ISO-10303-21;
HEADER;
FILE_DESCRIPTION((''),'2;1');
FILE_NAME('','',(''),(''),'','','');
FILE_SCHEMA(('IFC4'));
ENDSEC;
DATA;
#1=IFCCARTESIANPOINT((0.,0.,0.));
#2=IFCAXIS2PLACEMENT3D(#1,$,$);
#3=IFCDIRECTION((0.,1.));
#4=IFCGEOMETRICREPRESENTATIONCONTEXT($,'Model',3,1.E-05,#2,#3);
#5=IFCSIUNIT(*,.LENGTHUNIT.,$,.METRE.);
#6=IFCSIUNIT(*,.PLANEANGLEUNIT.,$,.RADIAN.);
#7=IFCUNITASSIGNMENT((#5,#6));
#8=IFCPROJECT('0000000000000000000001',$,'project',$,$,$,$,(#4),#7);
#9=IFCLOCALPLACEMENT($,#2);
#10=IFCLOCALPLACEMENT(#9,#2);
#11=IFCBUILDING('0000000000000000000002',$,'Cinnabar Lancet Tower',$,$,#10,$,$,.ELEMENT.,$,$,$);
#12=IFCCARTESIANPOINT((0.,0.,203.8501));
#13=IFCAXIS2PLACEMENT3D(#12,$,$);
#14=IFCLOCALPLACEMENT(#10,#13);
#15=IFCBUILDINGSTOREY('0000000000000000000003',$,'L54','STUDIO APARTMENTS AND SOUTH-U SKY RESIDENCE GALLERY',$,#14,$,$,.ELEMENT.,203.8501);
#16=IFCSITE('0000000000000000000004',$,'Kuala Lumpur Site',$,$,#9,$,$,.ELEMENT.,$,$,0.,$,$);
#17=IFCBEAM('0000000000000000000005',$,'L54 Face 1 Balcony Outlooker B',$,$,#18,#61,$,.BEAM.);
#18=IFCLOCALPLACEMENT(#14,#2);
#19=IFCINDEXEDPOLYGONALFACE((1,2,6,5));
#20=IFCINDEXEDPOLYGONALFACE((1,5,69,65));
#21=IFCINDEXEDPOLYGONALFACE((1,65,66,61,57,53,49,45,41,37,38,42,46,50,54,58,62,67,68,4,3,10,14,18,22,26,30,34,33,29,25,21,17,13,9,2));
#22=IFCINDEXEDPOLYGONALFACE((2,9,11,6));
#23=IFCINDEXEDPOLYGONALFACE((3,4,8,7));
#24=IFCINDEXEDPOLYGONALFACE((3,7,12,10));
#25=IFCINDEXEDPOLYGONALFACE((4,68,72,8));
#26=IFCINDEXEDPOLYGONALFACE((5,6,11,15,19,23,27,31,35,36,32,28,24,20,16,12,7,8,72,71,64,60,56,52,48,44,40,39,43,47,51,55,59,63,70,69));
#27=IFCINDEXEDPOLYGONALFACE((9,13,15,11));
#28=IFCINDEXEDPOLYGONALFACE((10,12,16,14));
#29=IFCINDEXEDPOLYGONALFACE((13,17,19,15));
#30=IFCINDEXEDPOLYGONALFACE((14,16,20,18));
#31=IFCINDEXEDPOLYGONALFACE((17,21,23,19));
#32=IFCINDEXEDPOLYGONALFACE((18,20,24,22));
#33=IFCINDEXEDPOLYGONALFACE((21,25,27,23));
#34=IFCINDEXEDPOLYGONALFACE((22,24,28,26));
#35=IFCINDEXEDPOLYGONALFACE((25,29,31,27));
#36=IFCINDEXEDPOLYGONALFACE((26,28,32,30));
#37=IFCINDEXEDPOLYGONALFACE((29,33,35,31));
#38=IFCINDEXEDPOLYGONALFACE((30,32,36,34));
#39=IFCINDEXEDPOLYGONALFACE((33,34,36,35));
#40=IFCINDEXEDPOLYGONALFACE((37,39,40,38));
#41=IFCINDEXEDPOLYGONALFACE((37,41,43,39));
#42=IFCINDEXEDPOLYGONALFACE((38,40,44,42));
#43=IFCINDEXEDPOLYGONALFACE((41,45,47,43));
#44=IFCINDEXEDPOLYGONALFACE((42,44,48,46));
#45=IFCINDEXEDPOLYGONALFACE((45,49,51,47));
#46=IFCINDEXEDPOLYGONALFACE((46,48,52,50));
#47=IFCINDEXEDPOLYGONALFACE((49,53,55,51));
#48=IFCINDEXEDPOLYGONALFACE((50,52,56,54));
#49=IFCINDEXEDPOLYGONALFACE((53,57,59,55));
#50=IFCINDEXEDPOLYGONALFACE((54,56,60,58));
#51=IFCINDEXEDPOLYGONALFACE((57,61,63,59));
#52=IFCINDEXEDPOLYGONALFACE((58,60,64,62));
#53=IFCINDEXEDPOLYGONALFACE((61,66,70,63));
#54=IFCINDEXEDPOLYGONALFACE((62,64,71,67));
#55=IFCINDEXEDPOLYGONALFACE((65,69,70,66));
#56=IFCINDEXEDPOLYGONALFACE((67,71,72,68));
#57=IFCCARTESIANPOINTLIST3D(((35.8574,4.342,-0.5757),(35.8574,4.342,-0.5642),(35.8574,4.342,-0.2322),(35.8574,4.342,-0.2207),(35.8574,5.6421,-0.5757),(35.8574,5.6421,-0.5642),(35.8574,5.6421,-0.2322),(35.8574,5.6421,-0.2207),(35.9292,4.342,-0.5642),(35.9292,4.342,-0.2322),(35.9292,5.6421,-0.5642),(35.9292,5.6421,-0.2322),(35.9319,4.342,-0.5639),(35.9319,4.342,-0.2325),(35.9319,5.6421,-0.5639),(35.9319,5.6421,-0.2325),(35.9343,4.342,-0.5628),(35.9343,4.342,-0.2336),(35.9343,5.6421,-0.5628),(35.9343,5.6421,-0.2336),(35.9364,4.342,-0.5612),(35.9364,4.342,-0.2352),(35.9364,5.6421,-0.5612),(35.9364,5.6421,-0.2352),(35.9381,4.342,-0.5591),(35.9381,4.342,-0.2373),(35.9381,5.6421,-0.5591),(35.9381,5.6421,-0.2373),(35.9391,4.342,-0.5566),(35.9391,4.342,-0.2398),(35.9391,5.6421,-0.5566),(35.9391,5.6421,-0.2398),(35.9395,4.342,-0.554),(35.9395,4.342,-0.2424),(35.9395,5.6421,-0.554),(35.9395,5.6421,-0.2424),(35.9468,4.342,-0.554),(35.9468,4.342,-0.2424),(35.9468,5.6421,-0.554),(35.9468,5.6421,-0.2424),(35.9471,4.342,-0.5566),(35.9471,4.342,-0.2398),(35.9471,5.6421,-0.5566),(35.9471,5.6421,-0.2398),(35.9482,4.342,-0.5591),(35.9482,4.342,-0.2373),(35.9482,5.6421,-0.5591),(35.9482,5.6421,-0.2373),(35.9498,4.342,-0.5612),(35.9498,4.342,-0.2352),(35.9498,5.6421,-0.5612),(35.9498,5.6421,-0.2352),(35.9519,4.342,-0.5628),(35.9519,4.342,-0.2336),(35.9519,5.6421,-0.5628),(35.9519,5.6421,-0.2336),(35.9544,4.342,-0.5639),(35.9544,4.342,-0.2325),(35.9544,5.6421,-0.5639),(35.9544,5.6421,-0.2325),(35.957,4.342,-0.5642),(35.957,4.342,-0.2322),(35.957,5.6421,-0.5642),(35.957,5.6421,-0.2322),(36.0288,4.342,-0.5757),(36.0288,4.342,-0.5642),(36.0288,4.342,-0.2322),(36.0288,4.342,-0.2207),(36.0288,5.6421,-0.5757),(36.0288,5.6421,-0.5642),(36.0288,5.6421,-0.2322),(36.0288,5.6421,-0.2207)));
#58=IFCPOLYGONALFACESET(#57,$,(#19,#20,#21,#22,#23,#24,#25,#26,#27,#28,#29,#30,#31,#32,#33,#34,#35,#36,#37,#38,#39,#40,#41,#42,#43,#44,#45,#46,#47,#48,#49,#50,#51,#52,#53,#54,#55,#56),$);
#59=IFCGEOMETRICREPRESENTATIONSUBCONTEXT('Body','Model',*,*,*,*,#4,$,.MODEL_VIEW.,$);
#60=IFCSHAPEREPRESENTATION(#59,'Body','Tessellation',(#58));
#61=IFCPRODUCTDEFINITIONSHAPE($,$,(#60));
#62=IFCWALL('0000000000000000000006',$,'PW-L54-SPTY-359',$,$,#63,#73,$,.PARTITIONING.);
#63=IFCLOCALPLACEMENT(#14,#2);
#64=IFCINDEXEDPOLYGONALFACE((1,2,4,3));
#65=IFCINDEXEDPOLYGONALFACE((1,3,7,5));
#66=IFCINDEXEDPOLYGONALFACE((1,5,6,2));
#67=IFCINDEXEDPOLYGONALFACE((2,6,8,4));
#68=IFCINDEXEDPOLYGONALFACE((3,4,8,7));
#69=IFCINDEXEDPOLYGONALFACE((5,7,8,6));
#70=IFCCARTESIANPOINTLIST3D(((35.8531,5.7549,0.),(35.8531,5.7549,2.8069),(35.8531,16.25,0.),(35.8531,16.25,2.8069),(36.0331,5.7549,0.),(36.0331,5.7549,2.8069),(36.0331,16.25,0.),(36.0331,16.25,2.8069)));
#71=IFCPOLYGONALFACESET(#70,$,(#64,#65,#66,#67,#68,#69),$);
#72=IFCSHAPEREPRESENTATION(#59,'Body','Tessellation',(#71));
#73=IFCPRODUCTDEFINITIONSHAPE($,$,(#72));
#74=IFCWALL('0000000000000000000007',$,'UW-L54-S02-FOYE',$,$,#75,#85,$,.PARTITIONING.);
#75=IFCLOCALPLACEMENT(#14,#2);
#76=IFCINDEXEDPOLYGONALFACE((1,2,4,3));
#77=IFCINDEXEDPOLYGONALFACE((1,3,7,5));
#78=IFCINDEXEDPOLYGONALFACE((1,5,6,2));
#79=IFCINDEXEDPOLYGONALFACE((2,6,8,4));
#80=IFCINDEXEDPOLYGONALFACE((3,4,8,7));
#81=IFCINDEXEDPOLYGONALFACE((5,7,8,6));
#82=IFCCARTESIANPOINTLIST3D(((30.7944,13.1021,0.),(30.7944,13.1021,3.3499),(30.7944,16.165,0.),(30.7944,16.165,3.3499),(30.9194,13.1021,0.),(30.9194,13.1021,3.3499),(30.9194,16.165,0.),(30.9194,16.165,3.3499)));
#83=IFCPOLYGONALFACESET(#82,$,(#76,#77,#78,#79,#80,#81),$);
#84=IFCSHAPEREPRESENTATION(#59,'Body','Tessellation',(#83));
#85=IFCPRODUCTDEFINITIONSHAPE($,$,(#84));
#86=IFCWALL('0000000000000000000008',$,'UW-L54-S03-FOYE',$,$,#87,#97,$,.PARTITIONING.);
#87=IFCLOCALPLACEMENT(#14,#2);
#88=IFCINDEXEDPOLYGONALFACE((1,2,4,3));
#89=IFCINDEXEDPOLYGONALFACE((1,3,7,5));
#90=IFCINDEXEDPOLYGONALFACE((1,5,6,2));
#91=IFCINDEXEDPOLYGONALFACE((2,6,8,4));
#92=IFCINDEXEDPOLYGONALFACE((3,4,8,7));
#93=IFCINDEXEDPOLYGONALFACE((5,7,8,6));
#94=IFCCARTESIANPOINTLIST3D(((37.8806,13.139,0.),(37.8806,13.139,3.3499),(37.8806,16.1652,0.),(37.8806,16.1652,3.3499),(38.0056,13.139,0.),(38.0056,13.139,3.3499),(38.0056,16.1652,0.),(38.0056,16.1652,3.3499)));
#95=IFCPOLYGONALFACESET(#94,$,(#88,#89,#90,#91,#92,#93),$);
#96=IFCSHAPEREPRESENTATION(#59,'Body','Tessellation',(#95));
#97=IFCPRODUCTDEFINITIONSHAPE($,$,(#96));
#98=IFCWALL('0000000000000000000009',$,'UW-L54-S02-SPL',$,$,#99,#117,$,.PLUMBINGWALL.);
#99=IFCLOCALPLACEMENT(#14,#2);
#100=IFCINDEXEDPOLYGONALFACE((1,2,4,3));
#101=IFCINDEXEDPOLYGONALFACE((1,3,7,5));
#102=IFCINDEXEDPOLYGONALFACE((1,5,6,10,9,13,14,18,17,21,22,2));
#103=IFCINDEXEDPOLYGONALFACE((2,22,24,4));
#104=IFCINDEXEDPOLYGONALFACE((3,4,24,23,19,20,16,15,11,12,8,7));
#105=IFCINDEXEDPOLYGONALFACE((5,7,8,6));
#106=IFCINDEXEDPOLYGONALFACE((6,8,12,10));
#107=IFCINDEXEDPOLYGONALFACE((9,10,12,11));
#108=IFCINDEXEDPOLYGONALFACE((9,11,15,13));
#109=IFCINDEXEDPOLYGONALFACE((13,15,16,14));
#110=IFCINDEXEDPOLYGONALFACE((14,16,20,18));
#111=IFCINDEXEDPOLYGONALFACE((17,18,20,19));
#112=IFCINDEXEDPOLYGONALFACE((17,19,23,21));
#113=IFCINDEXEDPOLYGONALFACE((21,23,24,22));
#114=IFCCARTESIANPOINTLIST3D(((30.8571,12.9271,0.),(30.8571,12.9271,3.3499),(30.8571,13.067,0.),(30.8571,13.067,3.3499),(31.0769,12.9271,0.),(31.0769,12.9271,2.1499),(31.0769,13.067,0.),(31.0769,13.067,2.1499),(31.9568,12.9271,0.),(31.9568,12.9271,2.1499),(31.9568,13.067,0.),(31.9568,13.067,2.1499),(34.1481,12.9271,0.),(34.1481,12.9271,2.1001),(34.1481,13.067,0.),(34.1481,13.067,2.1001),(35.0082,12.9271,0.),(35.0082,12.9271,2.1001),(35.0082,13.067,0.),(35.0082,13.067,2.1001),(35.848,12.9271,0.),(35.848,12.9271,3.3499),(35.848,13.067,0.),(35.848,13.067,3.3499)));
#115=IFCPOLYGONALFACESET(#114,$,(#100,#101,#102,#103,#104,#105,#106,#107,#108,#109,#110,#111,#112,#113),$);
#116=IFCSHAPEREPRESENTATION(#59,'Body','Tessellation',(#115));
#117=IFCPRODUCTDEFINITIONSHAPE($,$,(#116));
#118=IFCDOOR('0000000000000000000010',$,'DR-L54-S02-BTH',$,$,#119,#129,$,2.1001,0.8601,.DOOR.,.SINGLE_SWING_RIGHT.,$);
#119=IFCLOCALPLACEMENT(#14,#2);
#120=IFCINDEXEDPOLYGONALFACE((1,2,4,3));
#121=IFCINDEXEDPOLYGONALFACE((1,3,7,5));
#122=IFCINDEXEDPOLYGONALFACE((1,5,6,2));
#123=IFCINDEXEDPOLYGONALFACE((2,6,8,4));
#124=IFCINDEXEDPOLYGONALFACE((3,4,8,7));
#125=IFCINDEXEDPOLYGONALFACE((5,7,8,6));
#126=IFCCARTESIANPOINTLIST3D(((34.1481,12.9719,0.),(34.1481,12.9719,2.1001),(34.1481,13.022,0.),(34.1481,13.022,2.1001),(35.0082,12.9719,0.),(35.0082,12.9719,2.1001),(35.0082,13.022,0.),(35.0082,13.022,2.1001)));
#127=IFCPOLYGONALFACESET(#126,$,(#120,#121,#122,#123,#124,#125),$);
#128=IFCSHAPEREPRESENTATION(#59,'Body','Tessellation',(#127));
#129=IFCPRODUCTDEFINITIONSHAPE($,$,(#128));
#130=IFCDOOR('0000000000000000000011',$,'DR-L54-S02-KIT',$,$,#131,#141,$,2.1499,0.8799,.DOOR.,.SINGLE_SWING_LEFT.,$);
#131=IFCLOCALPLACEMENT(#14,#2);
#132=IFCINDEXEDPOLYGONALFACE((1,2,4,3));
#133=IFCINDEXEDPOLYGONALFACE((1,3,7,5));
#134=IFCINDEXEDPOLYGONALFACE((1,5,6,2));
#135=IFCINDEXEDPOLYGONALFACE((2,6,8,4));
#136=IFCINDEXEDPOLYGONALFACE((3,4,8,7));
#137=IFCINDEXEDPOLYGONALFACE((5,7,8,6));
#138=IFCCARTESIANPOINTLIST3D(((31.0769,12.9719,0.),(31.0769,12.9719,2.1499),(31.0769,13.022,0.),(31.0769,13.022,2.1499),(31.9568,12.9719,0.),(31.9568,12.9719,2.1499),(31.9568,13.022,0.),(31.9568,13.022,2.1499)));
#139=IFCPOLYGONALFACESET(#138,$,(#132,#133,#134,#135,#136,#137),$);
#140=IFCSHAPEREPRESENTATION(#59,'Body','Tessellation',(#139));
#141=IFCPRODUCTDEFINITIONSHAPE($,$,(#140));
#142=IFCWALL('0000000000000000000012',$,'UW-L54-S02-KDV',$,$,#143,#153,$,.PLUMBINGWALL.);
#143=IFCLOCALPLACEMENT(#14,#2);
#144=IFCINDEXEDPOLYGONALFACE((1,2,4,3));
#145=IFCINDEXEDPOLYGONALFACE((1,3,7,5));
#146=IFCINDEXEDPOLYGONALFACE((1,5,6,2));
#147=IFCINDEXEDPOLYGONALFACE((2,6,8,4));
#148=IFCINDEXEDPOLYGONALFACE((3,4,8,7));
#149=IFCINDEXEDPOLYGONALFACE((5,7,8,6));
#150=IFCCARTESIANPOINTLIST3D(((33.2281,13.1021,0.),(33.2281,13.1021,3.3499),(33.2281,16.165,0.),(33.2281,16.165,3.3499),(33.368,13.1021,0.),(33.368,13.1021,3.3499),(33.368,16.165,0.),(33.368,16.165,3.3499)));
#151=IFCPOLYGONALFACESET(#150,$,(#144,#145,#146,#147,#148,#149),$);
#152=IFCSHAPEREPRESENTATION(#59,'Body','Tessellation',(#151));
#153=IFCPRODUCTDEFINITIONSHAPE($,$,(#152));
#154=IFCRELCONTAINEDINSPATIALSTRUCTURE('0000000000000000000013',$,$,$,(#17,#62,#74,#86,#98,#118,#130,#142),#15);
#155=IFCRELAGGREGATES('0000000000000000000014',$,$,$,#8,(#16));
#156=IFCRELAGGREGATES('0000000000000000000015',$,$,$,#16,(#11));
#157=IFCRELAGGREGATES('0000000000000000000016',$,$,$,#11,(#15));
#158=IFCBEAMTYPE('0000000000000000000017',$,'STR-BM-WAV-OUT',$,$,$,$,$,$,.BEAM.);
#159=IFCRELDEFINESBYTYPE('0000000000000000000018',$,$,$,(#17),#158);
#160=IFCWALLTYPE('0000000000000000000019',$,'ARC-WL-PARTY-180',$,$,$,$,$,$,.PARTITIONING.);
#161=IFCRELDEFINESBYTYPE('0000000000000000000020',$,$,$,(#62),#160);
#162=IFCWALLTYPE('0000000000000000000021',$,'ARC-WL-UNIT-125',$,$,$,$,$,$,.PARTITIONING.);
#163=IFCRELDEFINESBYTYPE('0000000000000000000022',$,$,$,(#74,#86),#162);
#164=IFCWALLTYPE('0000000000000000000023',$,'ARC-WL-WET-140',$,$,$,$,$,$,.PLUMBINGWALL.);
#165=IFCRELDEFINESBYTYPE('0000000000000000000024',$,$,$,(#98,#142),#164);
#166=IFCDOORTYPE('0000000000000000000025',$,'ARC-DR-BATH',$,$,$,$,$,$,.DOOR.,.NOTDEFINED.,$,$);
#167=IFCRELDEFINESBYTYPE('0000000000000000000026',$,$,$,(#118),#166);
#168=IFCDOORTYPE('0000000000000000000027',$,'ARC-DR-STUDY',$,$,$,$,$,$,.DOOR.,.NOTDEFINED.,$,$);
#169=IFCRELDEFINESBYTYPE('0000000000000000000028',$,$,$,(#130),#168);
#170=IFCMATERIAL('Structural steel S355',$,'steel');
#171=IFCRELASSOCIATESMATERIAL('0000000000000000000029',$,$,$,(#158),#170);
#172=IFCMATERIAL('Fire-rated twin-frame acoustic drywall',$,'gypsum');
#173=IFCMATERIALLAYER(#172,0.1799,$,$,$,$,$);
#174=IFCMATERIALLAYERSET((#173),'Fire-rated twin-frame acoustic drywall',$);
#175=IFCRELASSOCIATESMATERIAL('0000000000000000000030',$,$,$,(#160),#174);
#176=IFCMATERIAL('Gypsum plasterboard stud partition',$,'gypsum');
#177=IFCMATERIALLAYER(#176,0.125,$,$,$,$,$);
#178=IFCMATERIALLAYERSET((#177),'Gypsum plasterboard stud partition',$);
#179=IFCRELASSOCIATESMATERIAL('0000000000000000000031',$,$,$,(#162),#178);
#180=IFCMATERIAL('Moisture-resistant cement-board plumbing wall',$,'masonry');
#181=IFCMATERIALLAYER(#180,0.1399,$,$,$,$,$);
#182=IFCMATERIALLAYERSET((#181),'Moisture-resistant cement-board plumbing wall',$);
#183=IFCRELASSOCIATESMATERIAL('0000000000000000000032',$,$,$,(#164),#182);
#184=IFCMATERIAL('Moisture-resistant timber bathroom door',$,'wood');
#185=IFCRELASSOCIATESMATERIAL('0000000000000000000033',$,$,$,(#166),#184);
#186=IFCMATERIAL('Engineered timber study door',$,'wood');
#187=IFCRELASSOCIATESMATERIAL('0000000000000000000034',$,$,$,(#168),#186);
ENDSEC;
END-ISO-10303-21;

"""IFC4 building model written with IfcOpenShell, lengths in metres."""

from ifc_helpers import new_model, si_unit, direction, frame, frame_2d, origin, origin_2d, place, context, subcontext, project, spatial, rectangle, i_section, extrude, material, layer, layer_set, material_profile, profile_set, type_object, element, fill, save


model = new_model("IFC4")

# Units and contexts
model_context = context("Model", 3, precision=1e-05, world=origin(), true_north=direction((0.0, 1.0)))
body_context = subcontext(model_context, "Body", "Model", "MODEL_VIEW")
ifc_project = project(units=[si_unit("LENGTHUNIT", "METRE"), si_unit("PLANEANGLEUNIT", "RADIAN")], contexts=[model_context])

# Site, building, storey
site_placement = place(None, origin())
site = spatial("IfcSite", under=ifc_project, at=site_placement, Name="Kuala Lumpur Site", CompositionType="ELEMENT", RefElevation=0.0)
building_placement = place(site_placement, origin())
building = spatial("IfcBuilding", under=site, at=building_placement, Name="Cinnabar Lancet Tower", CompositionType="ELEMENT")
storey_placement = place(building_placement, frame((0.0, 0.0, 203.8501)))
storey = spatial("IfcBuildingStorey", under=building, at=storey_placement, Name="L54", Description="STUDIO APARTMENTS AND SOUTH-U SKY RESIDENCE GALLERY", CompositionType="ELEMENT", Elevation=203.8501)

# Beam
ifc_material_1 = material(Name="Structural steel S355", Category="steel")
ifc_material_profile_1 = material_profile(ifc_material_1, i_section(OverallWidth=0.1714, OverallDepth=0.355, WebThickness=0.0073, FlangeThickness=0.0115, FilletRadius=0.0103, at=origin_2d()), Name="UKB 356x171x51")
ifc_profile_set_1 = profile_set([ifc_material_profile_1], Name="Structural steel S355")
beam_type_1 = type_object("IfcBeamType", Name="STR-BM-WAV-OUT", PredefinedType="BEAM", material=ifc_profile_set_1)
beam_1_placement = place(storey_placement, frame((35.9431, 5.6421, -0.3982), z_axis=(0.0, -1.0, 0.0), x_axis=(1.0, 0.0, 0.0)))
element("IfcBeam", 1, at=beam_1_placement, inside=storey, type_object=beam_type_1, Name="L54 Face 1 Balcony Outlooker B", PredefinedType="BEAM", context=body_context, shape_type="SweptSolid", body=[
    extrude(i_section(OverallWidth=0.1714, OverallDepth=0.355, WebThickness=0.0073, FlangeThickness=0.0115, FilletRadius=0.0103, at=origin_2d()), origin(), (0.0, 0.0, 1.0), 1.3),
])

# Walls
ifc_material_2 = material(Name="Fire-rated twin-frame acoustic drywall", Category="gypsum")
ifc_layer_1 = layer(ifc_material_2, 0.1799)
ifc_layer_set_1 = layer_set([ifc_layer_1], Name="Fire-rated twin-frame acoustic drywall")
wall_type_1 = type_object("IfcWallType", Name="ARC-WL-PARTY-180", PredefinedType="PARTITIONING", material=ifc_layer_set_1)
wall_1_placement = place(storey_placement, frame((35.9431, 5.7549, 0.0), z_axis=(0.0, 0.0, 1.0), x_axis=(0.0, 1.0, 0.0)))
element("IfcWall", 2, at=wall_1_placement, inside=storey, type_object=wall_type_1, Name="PW-L54-SPTY-359", PredefinedType="PARTITIONING", context=body_context, shape_type="SweptSolid", body=[
    extrude(rectangle(XDim=10.4951, YDim=0.1799, at=frame_2d((5.2476, 0.0))), origin(), (0.0, 0.0, 1.0), 2.8069),
])
ifc_material_3 = material(Name="Gypsum plasterboard stud partition", Category="gypsum")
ifc_layer_2 = layer(ifc_material_3, 0.125)
ifc_layer_set_2 = layer_set([ifc_layer_2], Name="Gypsum plasterboard stud partition")
wall_type_2 = type_object("IfcWallType", Name="ARC-WL-UNIT-125", PredefinedType="PARTITIONING", material=ifc_layer_set_2)
wall_2_placement = place(storey_placement, frame((30.8569, 13.1021, 0.0), z_axis=(0.0, 0.0, 1.0), x_axis=(0.0, 1.0, 0.0)))
element("IfcWall", 3, at=wall_2_placement, inside=storey, type_object=wall_type_2, Name="UW-L54-S02-FOYE", PredefinedType="PARTITIONING", context=body_context, shape_type="SweptSolid", body=[
    extrude(rectangle(XDim=3.063, YDim=0.125, at=frame_2d((1.5315, 0.0))), origin(), (0.0, 0.0, 1.0), 3.3499),
])
wall_3_placement = place(storey_placement, frame((37.9431, 13.1389, 0.0), z_axis=(0.0, 0.0, 1.0), x_axis=(0.0, 1.0, 0.0)))
element("IfcWall", 4, at=wall_3_placement, inside=storey, type_object=wall_type_2, Name="UW-L54-S03-FOYE", PredefinedType="PARTITIONING", context=body_context, shape_type="SweptSolid", body=[
    extrude(rectangle(XDim=3.0261, YDim=0.125, at=frame_2d((1.5132, 0.0))), origin(), (0.0, 0.0, 1.0), 3.3499),
])

# Wall, openings, doors
ifc_material_4 = material(Name="Moisture-resistant cement-board plumbing wall", Category="masonry")
ifc_layer_3 = layer(ifc_material_4, 0.1399)
ifc_layer_set_3 = layer_set([ifc_layer_3], Name="Moisture-resistant cement-board plumbing wall")
wall_type_3 = type_object("IfcWallType", Name="ARC-WL-WET-140", PredefinedType="PLUMBINGWALL", material=ifc_layer_set_3)
wall_4_placement = place(storey_placement, frame((30.8569, 12.9971, 0.0), z_axis=(0.0, 0.0, 1.0), x_axis=(1.0, 0.0, 0.0)))
wall_4 = element("IfcWall", 5, at=wall_4_placement, inside=storey, type_object=wall_type_3, Name="UW-L54-S02-SPL", PredefinedType="PLUMBINGWALL", context=body_context, shape_type="SweptSolid", body=[
    extrude(rectangle(XDim=4.991, YDim=0.1399, at=frame_2d((2.4956, 0.0))), origin(), (0.0, 0.0, 1.0), 3.3499),
])
opening_1_placement = place(wall_4_placement, frame((3.291, 0.0, 0.0)))
opening_1 = element("IfcOpeningElement", 6, at=opening_1_placement, cuts=wall_4, PredefinedType="OPENING", context=body_context, shape_type="SweptSolid", body=[
    extrude(rectangle(XDim=0.8601, YDim=2.1001, at=frame_2d((0.4302, 1.05))), frame((0.0, 0.0798, 0.0), z_axis=(0.0, -1.0, 0.0), x_axis=(1.0, 0.0, 0.0)), (0.0, 0.0, 1.0), 0.1599),
])
opening_2_placement = place(wall_4_placement, frame((0.22, 0.0, 0.0)))
opening_2 = element("IfcOpeningElement", 7, at=opening_2_placement, cuts=wall_4, PredefinedType="OPENING", context=body_context, shape_type="SweptSolid", body=[
    extrude(rectangle(XDim=0.8799, YDim=2.1499, at=frame_2d((0.4399, 1.075))), frame((0.0, 0.0798, 0.0), z_axis=(0.0, -1.0, 0.0), x_axis=(1.0, 0.0, 0.0)), (0.0, 0.0, 1.0), 0.1599),
])
ifc_material_5 = material(Name="Moisture-resistant timber bathroom door", Category="wood")
door_type_1 = type_object("IfcDoorType", Name="ARC-DR-BATH", OperationType="NOTDEFINED", PredefinedType="DOOR", material=ifc_material_5)
door_1_placement = place(opening_1_placement, origin())
door_1 = element("IfcDoor", 8, at=door_1_placement, inside=storey, type_object=door_type_1, Name="DR-L54-S02-BTH", OperationType="SINGLE_SWING_RIGHT", OverallHeight=2.1001, OverallWidth=0.8601, PredefinedType="DOOR", context=body_context, shape_type="SweptSolid", body=[
    extrude(rectangle(XDim=0.8601, YDim=2.1001, at=frame_2d((0.4302, 1.05))), frame((0.0, 0.0249, 0.0), z_axis=(0.0, -1.0, 0.0), x_axis=(1.0, 0.0, 0.0)), (0.0, 0.0, 1.0), 0.05),
])
fill(opening_1, door_1)
ifc_material_6 = material(Name="Engineered timber study door", Category="wood")
door_type_2 = type_object("IfcDoorType", Name="ARC-DR-STUDY", OperationType="NOTDEFINED", PredefinedType="DOOR", material=ifc_material_6)
door_2_placement = place(opening_2_placement, origin())
door_2 = element("IfcDoor", 9, at=door_2_placement, inside=storey, type_object=door_type_2, Name="DR-L54-S02-KIT", OperationType="SINGLE_SWING_LEFT", OverallHeight=2.1499, OverallWidth=0.8799, PredefinedType="DOOR", context=body_context, shape_type="SweptSolid", body=[
    extrude(rectangle(XDim=0.8799, YDim=2.1499, at=frame_2d((0.4399, 1.075))), frame((0.0, 0.0249, 0.0), z_axis=(0.0, -1.0, 0.0), x_axis=(1.0, 0.0, 0.0)), (0.0, 0.0, 1.0), 0.05),
])
fill(opening_2, door_2)

# Wall
wall_5_placement = place(storey_placement, frame((33.2981, 13.1021, 0.0), z_axis=(0.0, 0.0, 1.0), x_axis=(0.0, 1.0, 0.0)))
element("IfcWall", 10, at=wall_5_placement, inside=storey, type_object=wall_type_3, Name="UW-L54-S02-KDV", PredefinedType="PLUMBINGWALL", context=body_context, shape_type="SweptSolid", body=[
    extrude(rectangle(XDim=3.063, YDim=0.1399, at=frame_2d((1.5315, 0.0))), origin(), (0.0, 0.0, 1.0), 3.3499),
])

save(model, "model.ifc")
